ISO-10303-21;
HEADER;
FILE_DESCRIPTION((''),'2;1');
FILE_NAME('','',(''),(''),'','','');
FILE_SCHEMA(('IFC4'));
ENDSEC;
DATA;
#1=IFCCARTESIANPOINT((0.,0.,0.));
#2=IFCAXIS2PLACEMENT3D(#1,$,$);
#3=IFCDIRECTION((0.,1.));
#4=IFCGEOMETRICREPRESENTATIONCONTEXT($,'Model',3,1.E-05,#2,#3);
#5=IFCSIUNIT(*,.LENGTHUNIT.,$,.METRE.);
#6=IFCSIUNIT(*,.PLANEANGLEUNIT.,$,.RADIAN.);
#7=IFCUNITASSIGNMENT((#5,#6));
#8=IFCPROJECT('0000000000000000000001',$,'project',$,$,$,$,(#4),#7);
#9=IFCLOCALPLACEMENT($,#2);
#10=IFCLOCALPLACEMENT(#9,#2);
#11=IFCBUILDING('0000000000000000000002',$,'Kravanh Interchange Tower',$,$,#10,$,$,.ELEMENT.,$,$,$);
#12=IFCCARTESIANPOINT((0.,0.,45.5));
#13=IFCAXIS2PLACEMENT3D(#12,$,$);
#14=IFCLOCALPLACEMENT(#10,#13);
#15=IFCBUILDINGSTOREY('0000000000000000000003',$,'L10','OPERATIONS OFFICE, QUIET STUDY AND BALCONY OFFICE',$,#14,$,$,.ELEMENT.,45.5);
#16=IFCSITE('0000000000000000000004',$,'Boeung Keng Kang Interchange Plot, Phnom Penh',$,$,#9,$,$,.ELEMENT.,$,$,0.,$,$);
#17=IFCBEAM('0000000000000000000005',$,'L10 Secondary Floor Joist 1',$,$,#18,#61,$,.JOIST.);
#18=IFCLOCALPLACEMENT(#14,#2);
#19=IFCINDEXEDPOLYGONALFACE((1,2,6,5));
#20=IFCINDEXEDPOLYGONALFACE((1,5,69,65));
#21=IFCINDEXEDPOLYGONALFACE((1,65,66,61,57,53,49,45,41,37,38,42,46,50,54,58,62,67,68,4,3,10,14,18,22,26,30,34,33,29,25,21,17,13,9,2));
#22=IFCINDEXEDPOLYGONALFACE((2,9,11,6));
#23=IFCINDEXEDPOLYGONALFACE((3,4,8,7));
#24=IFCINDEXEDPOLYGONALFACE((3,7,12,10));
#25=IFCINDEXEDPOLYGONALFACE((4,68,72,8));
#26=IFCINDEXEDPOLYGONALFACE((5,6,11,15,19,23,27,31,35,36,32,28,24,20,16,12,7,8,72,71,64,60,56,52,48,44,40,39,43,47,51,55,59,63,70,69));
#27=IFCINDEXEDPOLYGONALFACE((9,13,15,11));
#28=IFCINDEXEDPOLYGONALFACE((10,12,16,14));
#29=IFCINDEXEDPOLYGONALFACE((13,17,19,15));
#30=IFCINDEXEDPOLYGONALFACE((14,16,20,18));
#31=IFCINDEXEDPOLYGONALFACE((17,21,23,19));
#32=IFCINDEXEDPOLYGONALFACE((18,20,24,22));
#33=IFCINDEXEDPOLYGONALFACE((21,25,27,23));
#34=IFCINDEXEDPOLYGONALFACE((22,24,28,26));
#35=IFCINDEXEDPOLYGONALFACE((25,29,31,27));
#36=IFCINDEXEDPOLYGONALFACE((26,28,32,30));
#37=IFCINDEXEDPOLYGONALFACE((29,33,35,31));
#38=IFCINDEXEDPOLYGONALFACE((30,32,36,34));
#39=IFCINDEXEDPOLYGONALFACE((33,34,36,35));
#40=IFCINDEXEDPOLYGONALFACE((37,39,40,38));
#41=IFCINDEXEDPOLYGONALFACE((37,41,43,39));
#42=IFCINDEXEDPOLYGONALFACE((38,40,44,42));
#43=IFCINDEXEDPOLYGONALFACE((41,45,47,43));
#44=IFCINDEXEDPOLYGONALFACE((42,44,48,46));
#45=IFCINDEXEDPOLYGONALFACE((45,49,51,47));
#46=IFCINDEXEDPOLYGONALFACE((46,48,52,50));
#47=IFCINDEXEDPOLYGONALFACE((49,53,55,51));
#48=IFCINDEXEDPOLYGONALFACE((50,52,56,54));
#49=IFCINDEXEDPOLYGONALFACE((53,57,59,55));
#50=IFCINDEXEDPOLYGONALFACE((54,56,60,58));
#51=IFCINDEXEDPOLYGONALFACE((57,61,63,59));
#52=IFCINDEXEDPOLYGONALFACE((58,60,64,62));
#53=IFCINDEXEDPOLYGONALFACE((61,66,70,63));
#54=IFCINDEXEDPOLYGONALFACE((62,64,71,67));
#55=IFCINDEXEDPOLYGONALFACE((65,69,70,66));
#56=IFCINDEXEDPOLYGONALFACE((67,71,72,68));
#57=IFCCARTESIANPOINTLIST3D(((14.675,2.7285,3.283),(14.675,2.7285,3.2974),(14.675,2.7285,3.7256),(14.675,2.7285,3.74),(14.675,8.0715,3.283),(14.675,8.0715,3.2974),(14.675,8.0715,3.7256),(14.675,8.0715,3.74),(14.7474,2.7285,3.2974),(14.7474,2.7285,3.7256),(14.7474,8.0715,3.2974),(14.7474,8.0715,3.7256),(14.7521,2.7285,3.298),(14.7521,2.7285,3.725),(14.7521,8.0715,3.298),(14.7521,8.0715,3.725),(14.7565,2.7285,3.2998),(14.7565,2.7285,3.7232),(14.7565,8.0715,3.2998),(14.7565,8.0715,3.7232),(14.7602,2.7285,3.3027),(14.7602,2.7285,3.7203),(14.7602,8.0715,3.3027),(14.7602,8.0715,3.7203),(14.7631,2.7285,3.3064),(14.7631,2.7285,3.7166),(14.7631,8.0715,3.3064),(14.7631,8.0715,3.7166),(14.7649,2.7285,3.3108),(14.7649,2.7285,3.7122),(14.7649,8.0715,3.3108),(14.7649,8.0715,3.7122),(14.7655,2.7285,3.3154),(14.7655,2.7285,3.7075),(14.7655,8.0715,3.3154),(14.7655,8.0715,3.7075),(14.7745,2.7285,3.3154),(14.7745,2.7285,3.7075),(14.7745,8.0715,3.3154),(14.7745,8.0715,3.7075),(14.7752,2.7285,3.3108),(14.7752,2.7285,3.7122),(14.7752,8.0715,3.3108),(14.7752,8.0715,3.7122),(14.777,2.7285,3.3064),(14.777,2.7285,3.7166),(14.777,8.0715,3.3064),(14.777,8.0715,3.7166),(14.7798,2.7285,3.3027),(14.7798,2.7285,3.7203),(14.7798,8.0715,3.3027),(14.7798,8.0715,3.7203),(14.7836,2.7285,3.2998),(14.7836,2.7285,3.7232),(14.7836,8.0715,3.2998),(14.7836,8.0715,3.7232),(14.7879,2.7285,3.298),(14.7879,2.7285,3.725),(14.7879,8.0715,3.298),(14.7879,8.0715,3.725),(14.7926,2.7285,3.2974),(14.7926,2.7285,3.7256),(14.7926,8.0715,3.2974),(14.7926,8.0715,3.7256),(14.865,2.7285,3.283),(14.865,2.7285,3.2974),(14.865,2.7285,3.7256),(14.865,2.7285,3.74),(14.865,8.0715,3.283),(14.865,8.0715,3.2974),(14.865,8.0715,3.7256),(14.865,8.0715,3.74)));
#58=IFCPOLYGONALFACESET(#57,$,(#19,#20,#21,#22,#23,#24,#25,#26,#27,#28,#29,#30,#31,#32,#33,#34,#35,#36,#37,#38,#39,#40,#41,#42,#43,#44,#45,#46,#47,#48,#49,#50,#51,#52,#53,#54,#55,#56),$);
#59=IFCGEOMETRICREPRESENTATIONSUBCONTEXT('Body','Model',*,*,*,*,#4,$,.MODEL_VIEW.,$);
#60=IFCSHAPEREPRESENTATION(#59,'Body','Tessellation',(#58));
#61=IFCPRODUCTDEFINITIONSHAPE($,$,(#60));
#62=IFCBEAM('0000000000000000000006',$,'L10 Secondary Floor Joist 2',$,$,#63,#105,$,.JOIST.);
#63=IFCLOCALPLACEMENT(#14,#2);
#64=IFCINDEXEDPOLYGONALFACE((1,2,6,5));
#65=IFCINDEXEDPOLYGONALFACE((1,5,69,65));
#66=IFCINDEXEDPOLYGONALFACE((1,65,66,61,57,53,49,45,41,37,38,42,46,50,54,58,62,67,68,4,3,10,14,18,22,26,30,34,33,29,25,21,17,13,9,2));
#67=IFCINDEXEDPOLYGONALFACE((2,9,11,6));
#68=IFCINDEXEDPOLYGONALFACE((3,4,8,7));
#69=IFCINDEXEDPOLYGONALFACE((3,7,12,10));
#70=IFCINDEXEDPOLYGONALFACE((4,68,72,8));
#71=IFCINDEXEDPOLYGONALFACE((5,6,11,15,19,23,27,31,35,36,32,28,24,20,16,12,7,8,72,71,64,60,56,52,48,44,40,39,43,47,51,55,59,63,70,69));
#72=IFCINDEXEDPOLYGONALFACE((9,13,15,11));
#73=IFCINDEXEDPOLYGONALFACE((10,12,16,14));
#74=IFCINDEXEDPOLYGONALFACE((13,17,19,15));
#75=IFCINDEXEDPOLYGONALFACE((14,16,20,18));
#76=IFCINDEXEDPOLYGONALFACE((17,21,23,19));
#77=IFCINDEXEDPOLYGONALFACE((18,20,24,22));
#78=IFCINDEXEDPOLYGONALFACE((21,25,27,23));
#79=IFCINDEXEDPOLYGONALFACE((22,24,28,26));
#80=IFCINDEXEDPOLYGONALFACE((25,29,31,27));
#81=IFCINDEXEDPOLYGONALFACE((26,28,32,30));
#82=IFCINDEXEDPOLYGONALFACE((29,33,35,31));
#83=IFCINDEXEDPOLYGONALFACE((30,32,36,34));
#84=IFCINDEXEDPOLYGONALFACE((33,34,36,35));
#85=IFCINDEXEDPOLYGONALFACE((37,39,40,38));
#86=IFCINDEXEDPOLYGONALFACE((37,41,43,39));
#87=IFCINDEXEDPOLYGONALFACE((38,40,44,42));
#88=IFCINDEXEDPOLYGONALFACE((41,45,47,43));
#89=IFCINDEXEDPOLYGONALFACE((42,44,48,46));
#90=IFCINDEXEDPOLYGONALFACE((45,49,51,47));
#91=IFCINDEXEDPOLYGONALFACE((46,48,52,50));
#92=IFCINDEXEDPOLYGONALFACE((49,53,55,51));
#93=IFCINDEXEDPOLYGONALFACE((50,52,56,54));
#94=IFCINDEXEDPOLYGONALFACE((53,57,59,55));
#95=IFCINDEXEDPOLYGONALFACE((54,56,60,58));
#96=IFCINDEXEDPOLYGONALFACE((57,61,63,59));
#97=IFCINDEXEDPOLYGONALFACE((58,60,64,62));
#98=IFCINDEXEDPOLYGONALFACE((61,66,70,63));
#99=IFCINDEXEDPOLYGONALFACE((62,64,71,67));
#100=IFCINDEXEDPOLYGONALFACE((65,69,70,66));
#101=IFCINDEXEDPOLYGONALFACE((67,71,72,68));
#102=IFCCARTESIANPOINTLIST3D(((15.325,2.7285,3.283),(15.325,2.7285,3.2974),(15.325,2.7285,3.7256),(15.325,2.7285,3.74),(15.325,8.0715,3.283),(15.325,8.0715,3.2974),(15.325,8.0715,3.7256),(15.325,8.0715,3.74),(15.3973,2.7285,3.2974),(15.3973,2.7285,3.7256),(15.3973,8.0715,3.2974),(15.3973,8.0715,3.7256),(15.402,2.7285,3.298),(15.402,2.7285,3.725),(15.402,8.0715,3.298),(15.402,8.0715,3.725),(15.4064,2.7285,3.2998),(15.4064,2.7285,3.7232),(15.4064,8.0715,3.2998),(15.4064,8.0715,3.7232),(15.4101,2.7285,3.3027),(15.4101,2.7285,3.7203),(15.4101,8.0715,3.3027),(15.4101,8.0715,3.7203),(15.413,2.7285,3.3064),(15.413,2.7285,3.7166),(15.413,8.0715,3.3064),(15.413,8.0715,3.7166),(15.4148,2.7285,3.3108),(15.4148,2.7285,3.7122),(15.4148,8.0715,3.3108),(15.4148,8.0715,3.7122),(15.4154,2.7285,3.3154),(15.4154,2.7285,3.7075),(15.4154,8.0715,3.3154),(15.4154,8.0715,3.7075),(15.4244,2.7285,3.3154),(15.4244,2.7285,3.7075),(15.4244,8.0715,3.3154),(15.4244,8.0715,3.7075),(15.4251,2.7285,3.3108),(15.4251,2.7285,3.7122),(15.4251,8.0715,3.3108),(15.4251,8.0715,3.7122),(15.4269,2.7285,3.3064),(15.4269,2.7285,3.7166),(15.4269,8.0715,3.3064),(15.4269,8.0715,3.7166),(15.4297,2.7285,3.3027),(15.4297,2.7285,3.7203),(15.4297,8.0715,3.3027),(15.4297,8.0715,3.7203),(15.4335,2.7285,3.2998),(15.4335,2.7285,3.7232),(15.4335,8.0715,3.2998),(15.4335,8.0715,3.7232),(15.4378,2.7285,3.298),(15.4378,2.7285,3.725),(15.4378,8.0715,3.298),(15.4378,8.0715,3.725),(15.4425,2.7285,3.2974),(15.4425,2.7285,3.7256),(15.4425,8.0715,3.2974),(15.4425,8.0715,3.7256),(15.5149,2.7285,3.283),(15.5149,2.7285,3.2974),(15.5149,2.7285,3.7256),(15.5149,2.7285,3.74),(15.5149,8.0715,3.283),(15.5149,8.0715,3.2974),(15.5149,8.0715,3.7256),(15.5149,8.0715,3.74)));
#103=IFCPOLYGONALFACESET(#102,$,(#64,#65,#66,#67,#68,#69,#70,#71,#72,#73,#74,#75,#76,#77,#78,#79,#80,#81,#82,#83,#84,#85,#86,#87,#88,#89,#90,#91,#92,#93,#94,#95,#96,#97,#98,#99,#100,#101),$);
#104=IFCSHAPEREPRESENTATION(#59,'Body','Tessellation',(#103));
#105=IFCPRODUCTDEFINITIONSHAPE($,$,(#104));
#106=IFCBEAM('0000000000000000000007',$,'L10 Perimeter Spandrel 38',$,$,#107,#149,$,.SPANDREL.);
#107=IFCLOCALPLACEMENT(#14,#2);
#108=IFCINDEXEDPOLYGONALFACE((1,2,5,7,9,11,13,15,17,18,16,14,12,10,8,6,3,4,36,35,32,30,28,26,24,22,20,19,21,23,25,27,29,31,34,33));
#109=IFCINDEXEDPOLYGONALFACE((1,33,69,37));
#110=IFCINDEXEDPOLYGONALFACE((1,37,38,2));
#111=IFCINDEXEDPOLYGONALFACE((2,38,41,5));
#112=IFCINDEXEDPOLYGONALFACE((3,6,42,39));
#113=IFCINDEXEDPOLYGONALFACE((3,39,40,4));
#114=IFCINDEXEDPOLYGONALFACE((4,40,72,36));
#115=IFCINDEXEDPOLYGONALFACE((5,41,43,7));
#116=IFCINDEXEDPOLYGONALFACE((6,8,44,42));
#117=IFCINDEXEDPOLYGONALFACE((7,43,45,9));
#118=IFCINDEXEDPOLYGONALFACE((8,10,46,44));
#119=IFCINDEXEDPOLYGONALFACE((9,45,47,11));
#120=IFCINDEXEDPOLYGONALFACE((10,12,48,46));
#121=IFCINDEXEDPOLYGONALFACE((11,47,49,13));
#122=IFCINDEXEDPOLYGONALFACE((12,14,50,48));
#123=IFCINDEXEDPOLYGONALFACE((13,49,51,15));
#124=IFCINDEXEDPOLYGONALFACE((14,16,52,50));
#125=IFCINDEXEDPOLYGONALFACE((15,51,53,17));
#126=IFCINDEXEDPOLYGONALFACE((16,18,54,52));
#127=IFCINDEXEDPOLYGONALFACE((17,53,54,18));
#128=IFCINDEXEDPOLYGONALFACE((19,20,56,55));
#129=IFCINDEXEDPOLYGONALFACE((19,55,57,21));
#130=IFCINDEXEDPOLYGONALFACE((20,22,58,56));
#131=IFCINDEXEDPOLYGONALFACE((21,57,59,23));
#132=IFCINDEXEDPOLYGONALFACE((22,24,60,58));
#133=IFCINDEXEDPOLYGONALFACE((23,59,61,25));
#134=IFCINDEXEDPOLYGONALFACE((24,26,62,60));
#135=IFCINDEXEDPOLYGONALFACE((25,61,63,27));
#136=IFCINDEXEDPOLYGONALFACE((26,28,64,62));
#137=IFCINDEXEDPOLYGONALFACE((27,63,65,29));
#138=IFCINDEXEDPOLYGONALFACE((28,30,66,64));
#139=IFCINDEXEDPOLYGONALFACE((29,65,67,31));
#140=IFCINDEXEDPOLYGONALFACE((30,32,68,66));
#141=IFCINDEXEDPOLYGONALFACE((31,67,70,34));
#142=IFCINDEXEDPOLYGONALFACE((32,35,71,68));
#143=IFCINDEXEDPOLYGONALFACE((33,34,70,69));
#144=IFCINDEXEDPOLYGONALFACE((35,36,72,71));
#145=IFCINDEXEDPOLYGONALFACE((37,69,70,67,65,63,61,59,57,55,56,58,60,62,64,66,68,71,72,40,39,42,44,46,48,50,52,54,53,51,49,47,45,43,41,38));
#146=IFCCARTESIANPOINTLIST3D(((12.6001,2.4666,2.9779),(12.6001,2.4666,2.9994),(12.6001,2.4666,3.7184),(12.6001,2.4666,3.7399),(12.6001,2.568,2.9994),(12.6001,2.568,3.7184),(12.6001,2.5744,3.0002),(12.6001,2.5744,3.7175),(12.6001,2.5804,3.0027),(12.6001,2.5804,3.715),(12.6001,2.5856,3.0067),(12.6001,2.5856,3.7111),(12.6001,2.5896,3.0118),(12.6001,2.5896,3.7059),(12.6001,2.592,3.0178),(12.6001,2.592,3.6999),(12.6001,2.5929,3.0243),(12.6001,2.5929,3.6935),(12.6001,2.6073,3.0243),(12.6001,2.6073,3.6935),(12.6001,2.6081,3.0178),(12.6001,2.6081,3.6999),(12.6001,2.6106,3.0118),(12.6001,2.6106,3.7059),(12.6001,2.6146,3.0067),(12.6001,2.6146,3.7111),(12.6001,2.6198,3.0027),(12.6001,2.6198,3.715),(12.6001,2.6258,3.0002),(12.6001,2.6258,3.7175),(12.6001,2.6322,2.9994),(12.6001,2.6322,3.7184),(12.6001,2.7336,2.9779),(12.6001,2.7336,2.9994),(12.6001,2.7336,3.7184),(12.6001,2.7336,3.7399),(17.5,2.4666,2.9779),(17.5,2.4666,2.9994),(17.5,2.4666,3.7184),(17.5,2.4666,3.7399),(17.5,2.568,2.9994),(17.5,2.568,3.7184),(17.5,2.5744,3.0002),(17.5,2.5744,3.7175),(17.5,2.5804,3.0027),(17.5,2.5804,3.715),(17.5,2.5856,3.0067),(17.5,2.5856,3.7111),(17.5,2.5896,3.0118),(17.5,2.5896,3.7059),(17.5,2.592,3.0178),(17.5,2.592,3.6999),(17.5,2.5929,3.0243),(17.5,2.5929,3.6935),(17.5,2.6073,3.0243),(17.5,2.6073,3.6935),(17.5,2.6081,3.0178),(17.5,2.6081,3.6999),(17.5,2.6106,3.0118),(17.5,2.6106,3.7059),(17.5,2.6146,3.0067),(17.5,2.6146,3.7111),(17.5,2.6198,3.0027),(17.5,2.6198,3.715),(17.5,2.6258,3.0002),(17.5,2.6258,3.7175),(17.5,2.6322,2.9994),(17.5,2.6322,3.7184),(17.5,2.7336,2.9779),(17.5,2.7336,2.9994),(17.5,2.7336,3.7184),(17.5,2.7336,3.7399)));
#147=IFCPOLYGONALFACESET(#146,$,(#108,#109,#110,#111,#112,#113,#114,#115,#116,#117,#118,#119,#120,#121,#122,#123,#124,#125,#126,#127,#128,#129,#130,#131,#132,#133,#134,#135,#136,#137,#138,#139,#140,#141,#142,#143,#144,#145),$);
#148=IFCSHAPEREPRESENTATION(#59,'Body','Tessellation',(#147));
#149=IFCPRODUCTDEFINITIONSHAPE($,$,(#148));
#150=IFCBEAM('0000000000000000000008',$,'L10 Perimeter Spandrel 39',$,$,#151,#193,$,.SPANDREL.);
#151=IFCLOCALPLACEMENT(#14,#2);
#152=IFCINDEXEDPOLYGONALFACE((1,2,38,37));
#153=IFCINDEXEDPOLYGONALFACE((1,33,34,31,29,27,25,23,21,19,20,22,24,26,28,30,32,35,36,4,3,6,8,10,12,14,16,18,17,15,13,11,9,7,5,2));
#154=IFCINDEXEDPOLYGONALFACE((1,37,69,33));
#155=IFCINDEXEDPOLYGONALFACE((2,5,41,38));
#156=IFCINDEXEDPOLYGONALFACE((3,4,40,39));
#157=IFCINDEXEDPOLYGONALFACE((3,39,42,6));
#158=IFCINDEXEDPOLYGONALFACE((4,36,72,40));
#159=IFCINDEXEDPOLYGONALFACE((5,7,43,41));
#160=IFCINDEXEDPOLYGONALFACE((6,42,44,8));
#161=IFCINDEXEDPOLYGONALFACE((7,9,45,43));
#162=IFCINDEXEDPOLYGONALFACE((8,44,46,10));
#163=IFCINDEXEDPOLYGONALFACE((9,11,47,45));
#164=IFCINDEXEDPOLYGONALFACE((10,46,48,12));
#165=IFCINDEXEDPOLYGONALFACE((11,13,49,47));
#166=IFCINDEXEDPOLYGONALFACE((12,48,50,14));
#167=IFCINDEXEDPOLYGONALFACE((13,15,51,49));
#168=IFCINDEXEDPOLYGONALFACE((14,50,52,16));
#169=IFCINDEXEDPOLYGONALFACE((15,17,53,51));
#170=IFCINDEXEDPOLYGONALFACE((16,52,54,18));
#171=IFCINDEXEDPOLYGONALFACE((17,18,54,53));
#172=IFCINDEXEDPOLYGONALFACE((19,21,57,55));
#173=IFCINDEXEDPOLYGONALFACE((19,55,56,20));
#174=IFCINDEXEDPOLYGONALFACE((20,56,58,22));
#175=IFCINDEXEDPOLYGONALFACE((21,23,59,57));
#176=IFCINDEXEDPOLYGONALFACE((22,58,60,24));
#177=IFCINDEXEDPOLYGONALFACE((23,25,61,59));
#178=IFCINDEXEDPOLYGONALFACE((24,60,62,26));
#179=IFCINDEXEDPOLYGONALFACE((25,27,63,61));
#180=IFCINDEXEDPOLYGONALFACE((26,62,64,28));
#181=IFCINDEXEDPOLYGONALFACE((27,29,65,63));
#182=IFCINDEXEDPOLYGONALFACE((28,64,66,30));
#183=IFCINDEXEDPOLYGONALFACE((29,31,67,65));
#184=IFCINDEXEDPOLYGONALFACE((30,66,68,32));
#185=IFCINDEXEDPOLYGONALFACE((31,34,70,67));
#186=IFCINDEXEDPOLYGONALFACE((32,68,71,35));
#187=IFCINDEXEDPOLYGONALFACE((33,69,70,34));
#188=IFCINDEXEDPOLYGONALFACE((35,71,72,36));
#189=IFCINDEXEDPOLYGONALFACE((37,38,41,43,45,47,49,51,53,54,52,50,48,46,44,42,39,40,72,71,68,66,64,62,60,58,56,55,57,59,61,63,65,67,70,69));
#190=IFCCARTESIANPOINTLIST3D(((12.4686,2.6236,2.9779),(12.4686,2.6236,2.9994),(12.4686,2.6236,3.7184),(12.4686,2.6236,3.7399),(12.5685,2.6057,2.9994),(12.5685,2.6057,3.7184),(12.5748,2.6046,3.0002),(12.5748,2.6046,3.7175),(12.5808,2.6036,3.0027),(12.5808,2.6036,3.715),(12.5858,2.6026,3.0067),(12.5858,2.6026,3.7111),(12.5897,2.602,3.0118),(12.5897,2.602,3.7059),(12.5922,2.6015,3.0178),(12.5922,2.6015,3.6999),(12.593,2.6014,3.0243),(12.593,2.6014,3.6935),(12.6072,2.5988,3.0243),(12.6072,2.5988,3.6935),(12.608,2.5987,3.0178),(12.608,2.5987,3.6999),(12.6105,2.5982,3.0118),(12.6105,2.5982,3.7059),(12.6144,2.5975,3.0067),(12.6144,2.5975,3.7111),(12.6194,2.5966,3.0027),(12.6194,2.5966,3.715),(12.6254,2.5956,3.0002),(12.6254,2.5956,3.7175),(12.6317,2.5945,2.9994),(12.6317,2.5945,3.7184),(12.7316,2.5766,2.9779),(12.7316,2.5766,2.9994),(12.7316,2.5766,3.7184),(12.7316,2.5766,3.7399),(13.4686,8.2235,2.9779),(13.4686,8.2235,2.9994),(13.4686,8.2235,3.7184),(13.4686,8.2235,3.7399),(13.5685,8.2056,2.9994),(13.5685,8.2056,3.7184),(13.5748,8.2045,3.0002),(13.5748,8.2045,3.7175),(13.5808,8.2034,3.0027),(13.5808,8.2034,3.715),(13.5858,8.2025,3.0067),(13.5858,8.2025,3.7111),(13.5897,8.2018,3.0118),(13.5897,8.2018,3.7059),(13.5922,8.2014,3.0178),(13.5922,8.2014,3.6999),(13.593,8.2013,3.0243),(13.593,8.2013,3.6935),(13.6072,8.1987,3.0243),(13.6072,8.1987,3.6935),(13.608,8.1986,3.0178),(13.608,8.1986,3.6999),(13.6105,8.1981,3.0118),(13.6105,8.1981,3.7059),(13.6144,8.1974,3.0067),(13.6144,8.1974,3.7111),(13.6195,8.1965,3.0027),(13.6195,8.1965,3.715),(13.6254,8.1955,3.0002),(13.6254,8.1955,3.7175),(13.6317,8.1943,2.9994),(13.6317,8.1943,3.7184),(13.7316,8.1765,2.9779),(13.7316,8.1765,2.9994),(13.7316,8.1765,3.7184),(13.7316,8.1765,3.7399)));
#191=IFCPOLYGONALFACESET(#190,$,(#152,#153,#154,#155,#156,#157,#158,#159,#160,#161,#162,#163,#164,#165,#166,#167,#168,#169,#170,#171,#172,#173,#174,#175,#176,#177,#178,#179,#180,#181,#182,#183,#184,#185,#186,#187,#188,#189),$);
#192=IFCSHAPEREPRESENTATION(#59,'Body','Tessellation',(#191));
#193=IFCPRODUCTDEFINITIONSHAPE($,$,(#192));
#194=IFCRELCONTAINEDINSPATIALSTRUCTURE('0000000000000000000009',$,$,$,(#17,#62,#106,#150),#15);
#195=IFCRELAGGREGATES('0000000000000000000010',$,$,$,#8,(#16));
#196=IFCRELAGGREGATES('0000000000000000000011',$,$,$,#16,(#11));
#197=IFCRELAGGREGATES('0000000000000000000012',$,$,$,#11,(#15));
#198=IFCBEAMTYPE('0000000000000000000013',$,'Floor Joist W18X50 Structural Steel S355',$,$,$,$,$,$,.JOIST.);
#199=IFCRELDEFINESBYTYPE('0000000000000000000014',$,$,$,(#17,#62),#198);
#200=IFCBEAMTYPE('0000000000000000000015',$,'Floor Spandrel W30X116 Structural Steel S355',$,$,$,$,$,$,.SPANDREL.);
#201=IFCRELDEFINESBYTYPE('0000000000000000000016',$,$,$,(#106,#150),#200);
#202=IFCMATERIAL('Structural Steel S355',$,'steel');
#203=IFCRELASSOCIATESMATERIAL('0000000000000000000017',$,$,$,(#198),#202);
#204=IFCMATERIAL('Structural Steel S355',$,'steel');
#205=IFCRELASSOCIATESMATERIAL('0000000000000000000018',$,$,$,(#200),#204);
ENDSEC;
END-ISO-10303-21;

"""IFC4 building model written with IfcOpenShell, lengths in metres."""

from ifc_helpers import new_model, si_unit, direction, frame, origin, origin_2d, place, context, subcontext, project, spatial, i_section, extrude, material, material_profile, profile_set, type_object, element, save


model = new_model("IFC4")

# Units and contexts
model_context = context("Model", 3, precision=1e-05, world=origin(), true_north=direction((0.0, 1.0)))
body_context = subcontext(model_context, "Body", "Model", "MODEL_VIEW")
ifc_project = project(units=[si_unit("LENGTHUNIT", "METRE"), si_unit("PLANEANGLEUNIT", "RADIAN")], contexts=[model_context])

# Site, building, storey
site_placement = place(None, origin())
site = spatial("IfcSite", under=ifc_project, at=site_placement, Name="Boeung Keng Kang Interchange Plot, Phnom Penh", CompositionType="ELEMENT", RefElevation=0.0)
building_placement = place(site_placement, origin())
building = spatial("IfcBuilding", under=site, at=building_placement, Name="Kravanh Interchange Tower", CompositionType="ELEMENT")
storey_placement = place(building_placement, frame((0.0, 0.0, 45.5)))
storey = spatial("IfcBuildingStorey", under=building, at=storey_placement, Name="L10", Description="OPERATIONS OFFICE, QUIET STUDY AND BALCONY OFFICE", CompositionType="ELEMENT", Elevation=45.5)

# Beams
ifc_material_1 = material(Name="Structural Steel S355", Category="steel")
ifc_material_profile_1 = material_profile(ifc_material_1, i_section(OverallWidth=0.1899, OverallDepth=0.457, WebThickness=0.009, FlangeThickness=0.0144, FilletRadius=0.0181, at=origin_2d()), Name="W18X50")
ifc_profile_set_1 = profile_set([ifc_material_profile_1], Name="Structural Steel S355")
beam_type_1 = type_object("IfcBeamType", Name="Floor Joist W18X50 Structural Steel S355", PredefinedType="JOIST", material=ifc_profile_set_1)
for number, where, z_axis, x_axis, name in (
    (1, (14.77, 2.7285, 3.5115), (0.0, 1.0, 0.0), (-1.0, 0.0, 0.0), "L10 Secondary Floor Joist 1"),
    (2, (15.4199, 2.7285, 3.5115), (0.0, 1.0, 0.0), (-1.0, 0.0, 0.0), "L10 Secondary Floor Joist 2"),
):
    element("IfcBeam", number, at=place(storey_placement, frame(where, z_axis=z_axis, x_axis=x_axis)), inside=storey, type_object=beam_type_1, Name=name, PredefinedType="JOIST", context=body_context, shape_type="SweptSolid", body=[
        extrude(i_section(OverallWidth=0.1899, OverallDepth=0.457, WebThickness=0.009, FlangeThickness=0.0144, FilletRadius=0.0181, at=origin_2d()), origin(), (0.0, 0.0, 1.0), 5.343),
    ])
ifc_material_2 = material(Name="Structural Steel S355", Category="steel")
ifc_material_profile_2 = material_profile(ifc_material_2, i_section(OverallWidth=0.2671, OverallDepth=0.762, WebThickness=0.0144, FlangeThickness=0.0215, FilletRadius=0.0249, at=origin_2d()), Name="W30X116")
ifc_profile_set_2 = profile_set([ifc_material_profile_2], Name="Structural Steel S355")
beam_type_2 = type_object("IfcBeamType", Name="Floor Spandrel W30X116 Structural Steel S355", PredefinedType="SPANDREL", material=ifc_profile_set_2)
beam_1_placement = place(storey_placement, frame((12.6001, 2.6001, 3.3589), z_axis=(1.0, 0.0, 0.0), x_axis=(0.0, 1.0, 0.0)))
element("IfcBeam", 3, at=beam_1_placement, inside=storey, type_object=beam_type_2, Name="L10 Perimeter Spandrel 38", PredefinedType="SPANDREL", context=body_context, shape_type="SweptSolid", body=[
    extrude(i_section(OverallWidth=0.2671, OverallDepth=0.762, WebThickness=0.0144, FlangeThickness=0.0215, FilletRadius=0.0249, at=origin_2d()), origin(), (0.0, 0.0, 1.0), 4.8999),
])
beam_2_placement = place(storey_placement, frame((12.6001, 2.6001, 3.3589), z_axis=(0.175795, 0.984427, 0.0), x_axis=(-0.984427, 0.175795, 0.0)))
element("IfcBeam", 4, at=beam_2_placement, inside=storey, type_object=beam_type_2, Name="L10 Perimeter Spandrel 39", PredefinedType="SPANDREL", context=body_context, shape_type="SweptSolid", body=[
    extrude(i_section(OverallWidth=0.2671, OverallDepth=0.762, WebThickness=0.0144, FlangeThickness=0.0215, FilletRadius=0.0249, at=origin_2d()), origin(), (0.0, 0.0, 1.0), 5.6885),
])

save(model, "model.ifc")
